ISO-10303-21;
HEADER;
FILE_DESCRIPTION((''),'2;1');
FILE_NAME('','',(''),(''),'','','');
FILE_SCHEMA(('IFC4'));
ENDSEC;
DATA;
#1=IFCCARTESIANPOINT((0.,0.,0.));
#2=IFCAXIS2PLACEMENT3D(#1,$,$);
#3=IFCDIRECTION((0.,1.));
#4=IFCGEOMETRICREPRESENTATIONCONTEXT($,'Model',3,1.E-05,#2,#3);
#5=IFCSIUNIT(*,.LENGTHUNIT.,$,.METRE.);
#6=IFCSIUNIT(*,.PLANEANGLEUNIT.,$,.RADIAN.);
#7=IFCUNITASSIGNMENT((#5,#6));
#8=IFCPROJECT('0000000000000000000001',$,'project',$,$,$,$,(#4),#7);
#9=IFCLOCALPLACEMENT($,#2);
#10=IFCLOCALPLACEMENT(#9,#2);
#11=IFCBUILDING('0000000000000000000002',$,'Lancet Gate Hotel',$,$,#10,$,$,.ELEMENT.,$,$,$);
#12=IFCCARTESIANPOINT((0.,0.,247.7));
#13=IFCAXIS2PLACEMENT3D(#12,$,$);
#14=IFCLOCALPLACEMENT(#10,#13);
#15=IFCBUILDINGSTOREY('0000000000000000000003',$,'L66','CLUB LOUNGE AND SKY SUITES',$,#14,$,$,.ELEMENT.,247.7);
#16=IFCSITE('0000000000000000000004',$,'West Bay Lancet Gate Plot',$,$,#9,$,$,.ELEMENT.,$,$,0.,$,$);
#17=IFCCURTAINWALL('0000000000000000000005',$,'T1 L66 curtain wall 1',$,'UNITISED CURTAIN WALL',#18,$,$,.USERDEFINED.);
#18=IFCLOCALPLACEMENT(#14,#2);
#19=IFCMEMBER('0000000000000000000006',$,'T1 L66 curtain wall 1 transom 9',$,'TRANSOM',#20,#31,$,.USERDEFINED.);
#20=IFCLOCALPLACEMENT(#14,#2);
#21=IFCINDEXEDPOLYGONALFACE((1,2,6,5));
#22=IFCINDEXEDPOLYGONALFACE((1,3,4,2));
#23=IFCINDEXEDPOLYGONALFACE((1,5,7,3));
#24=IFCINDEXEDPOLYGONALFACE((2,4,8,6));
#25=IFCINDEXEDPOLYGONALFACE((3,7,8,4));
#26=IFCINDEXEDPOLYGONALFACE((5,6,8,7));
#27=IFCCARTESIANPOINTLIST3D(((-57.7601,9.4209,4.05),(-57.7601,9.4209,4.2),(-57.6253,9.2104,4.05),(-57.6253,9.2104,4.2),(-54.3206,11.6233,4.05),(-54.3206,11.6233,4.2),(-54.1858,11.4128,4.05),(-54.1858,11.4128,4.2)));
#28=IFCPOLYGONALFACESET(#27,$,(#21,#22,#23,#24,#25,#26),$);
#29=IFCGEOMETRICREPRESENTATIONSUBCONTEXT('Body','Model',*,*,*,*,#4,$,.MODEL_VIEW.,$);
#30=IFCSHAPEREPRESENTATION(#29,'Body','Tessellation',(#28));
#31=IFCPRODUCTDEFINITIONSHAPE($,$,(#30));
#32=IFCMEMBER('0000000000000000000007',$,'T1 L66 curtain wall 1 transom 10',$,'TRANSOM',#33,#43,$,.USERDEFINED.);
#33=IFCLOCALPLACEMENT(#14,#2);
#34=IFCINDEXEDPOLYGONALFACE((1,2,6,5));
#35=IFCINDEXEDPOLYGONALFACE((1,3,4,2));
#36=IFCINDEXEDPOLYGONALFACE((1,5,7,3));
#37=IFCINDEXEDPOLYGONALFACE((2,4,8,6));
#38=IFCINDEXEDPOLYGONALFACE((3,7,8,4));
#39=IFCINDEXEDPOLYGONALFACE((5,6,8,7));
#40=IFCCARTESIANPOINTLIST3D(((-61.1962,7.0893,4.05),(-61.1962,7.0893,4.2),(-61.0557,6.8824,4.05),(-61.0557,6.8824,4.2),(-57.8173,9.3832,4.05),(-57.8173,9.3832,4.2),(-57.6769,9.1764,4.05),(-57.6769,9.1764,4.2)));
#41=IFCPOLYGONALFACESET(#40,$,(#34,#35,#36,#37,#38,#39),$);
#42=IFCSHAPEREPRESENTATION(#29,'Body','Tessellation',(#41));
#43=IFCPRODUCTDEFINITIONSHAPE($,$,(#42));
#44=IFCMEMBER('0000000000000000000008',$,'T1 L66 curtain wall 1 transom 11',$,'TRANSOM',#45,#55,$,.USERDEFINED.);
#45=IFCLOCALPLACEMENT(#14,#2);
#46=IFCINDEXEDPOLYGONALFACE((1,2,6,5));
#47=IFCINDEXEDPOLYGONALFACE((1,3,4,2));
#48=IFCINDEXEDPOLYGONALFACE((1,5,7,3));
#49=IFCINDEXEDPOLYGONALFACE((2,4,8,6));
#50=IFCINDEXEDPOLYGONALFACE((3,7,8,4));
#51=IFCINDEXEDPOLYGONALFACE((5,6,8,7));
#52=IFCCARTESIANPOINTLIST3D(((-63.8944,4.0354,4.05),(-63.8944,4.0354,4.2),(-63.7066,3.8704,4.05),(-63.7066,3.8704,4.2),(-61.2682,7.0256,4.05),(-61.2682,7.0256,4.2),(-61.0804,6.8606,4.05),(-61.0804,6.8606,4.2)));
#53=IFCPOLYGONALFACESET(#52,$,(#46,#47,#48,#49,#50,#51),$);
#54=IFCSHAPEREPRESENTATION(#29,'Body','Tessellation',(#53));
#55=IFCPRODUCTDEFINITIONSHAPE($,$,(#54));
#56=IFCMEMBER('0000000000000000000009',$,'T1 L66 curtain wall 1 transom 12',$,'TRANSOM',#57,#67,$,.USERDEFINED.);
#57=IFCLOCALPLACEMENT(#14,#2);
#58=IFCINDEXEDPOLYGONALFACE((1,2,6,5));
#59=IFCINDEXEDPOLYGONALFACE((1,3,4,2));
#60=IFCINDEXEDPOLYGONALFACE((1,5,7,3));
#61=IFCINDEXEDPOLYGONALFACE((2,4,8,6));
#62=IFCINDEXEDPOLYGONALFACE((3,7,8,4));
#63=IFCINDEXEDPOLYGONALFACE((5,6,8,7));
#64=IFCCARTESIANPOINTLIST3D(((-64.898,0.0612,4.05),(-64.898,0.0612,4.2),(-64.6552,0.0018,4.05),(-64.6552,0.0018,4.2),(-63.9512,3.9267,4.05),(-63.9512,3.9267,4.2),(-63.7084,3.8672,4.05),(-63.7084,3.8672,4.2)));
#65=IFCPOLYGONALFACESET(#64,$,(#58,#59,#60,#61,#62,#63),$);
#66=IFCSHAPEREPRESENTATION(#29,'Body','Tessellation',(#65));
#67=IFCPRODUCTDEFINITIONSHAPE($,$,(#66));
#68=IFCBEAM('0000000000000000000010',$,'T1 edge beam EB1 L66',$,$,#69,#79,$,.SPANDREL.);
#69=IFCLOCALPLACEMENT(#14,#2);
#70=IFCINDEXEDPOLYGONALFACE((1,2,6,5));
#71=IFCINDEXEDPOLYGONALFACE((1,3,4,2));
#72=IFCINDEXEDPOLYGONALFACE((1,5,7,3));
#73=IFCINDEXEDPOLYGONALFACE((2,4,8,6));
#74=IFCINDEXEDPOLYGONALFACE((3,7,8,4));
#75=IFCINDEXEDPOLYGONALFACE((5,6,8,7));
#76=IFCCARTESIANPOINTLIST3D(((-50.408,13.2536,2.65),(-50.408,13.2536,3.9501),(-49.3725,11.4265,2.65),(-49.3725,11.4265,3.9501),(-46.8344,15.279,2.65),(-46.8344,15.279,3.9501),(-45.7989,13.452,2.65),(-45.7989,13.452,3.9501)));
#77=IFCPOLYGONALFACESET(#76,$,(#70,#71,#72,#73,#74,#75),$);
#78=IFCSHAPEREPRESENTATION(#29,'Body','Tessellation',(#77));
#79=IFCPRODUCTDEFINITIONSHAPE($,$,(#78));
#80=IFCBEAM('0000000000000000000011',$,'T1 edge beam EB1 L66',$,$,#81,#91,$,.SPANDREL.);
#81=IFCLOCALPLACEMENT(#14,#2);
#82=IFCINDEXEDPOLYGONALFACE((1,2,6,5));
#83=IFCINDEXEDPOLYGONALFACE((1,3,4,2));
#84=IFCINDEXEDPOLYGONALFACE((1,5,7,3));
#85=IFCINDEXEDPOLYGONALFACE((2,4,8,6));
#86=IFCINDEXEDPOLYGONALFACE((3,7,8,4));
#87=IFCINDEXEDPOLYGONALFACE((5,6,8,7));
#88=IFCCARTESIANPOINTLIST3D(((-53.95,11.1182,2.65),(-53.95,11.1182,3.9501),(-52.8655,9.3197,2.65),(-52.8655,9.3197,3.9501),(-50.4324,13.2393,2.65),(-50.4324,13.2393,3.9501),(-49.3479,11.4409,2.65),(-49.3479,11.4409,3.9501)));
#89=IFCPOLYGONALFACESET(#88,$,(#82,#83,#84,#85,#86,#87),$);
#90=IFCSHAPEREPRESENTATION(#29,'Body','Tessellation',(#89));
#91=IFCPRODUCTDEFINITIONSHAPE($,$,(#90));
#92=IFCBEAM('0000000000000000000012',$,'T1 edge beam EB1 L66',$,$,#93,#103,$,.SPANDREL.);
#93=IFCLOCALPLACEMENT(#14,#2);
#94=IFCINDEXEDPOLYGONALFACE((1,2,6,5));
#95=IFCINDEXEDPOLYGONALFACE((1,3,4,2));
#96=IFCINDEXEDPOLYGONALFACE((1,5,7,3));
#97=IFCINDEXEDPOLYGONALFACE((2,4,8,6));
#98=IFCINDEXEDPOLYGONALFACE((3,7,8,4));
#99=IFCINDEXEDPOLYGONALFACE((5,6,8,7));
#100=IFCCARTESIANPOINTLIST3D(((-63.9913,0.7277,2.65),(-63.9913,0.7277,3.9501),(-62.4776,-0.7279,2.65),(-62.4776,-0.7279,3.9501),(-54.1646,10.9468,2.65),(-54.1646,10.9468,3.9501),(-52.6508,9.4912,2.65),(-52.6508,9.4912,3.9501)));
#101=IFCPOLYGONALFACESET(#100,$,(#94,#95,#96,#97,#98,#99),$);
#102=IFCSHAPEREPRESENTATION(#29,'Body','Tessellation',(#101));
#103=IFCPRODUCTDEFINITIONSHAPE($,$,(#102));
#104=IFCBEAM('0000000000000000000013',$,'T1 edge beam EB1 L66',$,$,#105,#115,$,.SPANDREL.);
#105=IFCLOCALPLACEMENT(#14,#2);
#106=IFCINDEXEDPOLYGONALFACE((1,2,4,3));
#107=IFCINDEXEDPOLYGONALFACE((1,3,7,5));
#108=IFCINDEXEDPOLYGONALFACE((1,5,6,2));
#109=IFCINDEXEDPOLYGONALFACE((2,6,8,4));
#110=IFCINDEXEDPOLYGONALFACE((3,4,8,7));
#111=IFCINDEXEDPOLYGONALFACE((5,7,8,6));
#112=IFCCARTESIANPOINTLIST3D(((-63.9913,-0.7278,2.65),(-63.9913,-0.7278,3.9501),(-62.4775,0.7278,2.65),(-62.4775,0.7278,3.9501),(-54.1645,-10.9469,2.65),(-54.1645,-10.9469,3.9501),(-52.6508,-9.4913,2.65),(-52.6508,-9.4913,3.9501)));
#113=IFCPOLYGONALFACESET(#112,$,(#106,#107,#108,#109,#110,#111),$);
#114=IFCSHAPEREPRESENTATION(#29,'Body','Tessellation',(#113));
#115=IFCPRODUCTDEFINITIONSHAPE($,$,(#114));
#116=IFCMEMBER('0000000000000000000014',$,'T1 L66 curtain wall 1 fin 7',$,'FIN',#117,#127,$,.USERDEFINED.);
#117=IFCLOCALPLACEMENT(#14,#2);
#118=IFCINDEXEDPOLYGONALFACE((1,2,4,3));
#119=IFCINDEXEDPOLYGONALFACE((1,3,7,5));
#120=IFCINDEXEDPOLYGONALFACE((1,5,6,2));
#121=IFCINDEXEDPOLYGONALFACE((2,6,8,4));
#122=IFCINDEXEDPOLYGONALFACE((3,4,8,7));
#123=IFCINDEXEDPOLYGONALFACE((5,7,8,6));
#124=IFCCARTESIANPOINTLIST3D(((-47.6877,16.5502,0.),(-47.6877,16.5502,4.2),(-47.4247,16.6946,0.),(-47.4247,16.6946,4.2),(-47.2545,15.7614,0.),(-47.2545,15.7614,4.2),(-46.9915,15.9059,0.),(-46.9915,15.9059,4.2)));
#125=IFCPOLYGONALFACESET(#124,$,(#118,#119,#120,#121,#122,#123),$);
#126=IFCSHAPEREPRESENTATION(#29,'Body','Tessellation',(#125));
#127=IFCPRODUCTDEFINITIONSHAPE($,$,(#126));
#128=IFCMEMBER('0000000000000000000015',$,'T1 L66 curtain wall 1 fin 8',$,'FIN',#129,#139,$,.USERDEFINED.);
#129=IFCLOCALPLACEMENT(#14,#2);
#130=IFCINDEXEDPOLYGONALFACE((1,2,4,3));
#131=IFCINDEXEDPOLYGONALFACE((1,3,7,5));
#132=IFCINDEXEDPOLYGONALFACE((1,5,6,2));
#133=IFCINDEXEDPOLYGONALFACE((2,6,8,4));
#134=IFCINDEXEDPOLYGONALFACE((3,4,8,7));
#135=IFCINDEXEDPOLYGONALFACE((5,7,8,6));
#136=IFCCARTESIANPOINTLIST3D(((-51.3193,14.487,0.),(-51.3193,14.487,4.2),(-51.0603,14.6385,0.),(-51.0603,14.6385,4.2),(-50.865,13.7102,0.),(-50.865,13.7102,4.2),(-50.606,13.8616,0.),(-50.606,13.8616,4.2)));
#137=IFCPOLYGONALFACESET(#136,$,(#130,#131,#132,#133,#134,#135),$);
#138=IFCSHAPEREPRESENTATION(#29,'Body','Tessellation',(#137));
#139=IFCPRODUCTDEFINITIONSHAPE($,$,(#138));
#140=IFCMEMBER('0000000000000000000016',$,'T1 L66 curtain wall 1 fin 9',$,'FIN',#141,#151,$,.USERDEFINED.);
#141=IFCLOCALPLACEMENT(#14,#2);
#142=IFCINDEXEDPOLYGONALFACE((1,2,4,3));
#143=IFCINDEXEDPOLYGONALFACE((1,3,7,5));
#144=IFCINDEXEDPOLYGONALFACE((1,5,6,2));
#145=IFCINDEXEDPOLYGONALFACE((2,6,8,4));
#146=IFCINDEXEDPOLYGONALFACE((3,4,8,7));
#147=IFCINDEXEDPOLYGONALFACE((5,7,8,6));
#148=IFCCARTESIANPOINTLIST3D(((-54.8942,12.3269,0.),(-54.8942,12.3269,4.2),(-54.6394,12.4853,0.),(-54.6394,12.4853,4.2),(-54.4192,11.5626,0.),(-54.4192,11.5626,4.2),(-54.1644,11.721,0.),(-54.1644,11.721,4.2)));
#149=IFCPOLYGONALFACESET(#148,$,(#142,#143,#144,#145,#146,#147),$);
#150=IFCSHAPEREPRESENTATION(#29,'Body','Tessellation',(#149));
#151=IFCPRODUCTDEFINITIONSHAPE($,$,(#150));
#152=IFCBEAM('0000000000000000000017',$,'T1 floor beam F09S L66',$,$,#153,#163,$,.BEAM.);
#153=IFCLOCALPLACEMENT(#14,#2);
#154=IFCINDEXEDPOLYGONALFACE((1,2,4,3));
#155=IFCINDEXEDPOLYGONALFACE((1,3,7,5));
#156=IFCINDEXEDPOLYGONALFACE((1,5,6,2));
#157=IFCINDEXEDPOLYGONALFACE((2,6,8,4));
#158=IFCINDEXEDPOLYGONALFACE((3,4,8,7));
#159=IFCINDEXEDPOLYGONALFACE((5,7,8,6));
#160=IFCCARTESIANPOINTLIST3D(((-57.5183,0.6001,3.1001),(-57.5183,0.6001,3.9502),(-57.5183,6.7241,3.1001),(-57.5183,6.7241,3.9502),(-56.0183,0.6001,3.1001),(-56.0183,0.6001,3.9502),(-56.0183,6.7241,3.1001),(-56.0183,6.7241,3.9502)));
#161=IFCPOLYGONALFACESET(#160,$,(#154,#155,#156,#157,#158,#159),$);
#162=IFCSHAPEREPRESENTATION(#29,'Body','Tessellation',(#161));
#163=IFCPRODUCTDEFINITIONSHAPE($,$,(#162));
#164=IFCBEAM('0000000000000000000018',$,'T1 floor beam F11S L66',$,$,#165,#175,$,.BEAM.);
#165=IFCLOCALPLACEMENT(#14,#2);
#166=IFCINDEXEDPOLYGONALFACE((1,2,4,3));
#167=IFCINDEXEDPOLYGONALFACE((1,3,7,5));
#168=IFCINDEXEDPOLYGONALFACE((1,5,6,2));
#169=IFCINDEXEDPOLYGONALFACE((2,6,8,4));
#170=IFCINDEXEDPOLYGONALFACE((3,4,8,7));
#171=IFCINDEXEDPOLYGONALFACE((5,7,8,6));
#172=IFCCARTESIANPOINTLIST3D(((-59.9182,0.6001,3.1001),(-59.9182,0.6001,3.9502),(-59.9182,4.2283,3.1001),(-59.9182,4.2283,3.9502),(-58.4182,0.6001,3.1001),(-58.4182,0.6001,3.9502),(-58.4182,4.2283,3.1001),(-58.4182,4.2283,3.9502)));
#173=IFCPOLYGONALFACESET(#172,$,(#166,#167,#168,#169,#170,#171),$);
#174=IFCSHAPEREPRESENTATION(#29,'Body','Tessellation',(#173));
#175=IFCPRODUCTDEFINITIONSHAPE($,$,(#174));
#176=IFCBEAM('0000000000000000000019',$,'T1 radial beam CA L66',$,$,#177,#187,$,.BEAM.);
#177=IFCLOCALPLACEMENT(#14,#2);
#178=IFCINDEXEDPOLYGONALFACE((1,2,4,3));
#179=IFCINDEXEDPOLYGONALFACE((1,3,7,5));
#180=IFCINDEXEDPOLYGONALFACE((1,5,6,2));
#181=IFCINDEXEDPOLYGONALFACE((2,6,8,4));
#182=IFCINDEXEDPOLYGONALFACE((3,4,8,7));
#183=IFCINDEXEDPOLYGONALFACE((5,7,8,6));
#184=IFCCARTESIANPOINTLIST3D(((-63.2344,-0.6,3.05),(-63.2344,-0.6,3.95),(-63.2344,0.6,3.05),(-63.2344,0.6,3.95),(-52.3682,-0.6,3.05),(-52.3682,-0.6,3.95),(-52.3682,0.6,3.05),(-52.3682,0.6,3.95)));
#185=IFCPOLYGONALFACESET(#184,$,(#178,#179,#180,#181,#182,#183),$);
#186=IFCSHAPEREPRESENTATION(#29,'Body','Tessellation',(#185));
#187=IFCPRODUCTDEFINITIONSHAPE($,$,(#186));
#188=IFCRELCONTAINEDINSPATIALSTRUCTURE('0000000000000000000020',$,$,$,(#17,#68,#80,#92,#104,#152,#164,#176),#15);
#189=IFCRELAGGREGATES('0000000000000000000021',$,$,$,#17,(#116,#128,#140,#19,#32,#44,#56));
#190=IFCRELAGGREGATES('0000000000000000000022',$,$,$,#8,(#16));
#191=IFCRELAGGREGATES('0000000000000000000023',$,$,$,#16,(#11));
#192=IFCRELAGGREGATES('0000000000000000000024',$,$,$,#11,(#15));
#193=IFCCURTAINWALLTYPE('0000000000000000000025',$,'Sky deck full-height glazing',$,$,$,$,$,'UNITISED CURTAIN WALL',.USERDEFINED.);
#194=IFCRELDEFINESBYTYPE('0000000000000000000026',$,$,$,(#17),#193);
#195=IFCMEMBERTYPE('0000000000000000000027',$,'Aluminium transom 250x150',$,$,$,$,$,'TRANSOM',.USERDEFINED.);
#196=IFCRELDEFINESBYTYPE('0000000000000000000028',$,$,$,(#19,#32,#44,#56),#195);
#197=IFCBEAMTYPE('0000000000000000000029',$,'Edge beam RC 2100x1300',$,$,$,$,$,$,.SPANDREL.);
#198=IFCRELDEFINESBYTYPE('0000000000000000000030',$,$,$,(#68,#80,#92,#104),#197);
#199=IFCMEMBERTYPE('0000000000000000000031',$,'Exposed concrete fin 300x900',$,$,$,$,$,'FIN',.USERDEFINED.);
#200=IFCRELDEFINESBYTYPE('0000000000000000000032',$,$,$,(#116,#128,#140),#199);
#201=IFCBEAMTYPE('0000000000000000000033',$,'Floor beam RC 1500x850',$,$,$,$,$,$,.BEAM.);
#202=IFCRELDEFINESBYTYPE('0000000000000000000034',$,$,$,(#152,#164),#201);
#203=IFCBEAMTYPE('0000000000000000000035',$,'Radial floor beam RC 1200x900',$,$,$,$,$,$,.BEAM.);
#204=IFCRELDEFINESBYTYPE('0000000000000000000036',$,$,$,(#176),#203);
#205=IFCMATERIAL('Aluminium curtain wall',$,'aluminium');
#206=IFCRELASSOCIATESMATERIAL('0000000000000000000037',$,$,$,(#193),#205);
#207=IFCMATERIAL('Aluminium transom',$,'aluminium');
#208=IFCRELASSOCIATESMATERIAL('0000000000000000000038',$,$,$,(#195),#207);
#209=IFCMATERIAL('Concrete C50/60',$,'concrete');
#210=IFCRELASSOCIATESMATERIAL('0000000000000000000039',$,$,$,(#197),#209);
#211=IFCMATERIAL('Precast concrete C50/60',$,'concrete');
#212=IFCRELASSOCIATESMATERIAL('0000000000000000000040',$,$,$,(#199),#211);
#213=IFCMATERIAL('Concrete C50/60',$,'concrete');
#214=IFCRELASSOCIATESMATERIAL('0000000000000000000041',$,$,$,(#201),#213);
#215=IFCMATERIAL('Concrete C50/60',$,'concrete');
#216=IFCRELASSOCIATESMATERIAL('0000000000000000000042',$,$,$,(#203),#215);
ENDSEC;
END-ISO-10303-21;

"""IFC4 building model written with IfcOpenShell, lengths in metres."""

from ifc_helpers import new_model, si_unit, direction, frame, origin, origin_2d, place, context, subcontext, project, spatial, rectangle, extrude, material, material_profile, profile_set, type_object, element, aggregate, save


model = new_model("IFC4")

# Units and contexts
model_context = context("Model", 3, precision=1e-05, world=origin(), true_north=direction((0.0, 1.0)))
body_context = subcontext(model_context, "Body", "Model", "MODEL_VIEW")
ifc_project = project(units=[si_unit("LENGTHUNIT", "METRE"), si_unit("PLANEANGLEUNIT", "RADIAN")], contexts=[model_context])

# Site, building, storey
site_placement = place(None, origin())
site = spatial("IfcSite", under=ifc_project, at=site_placement, Name="West Bay Lancet Gate Plot", CompositionType="ELEMENT", RefElevation=0.0)
building_placement = place(site_placement, origin())
building = spatial("IfcBuilding", under=site, at=building_placement, Name="Lancet Gate Hotel", CompositionType="ELEMENT")
storey_placement = place(building_placement, frame((0.0, 0.0, 247.7)))
storey = spatial("IfcBuildingStorey", under=building, at=storey_placement, Name="L66", Description="CLUB LOUNGE AND SKY SUITES", CompositionType="ELEMENT", Elevation=247.7)

# Curtain wall, members
ifc_material_1 = material(Name="Aluminium curtain wall", Category="aluminium")
curtain_wall_type = type_object("IfcCurtainWallType", Name="Sky deck full-height glazing", ElementType="UNITISED CURTAIN WALL", PredefinedType="USERDEFINED", material=ifc_material_1)
curtain_wall_placement = place(storey_placement, origin())
curtain_wall = element("IfcCurtainWall", 1, at=curtain_wall_placement, inside=storey, type_object=curtain_wall_type, Name="T1 L66 curtain wall 1", ObjectType="UNITISED CURTAIN WALL", PredefinedType="USERDEFINED")
ifc_material_2 = material(Name="Aluminium transom", Category="aluminium")
ifc_material_profile_1 = material_profile(ifc_material_2, rectangle(XDim=0.25, YDim=0.1499, at=origin_2d()), Name="TRANSOM 250x150")
ifc_profile_set_1 = profile_set([ifc_material_profile_1], Name="Aluminium transom")
member_type_1 = type_object("IfcMemberType", Name="Aluminium transom 250x150", ElementType="TRANSOM", PredefinedType="USERDEFINED", material=ifc_profile_set_1)
member_1_placement = place(storey_placement, frame((-54.2532, 11.5181, 4.125), z_axis=(-0.842144, -0.539252, 0.0), x_axis=(0.539252, -0.842144, 0.0)))
member_1 = element("IfcMember", 2, at=member_1_placement, type_object=member_type_1, Name="T1 L66 curtain wall 1 transom 9", ObjectType="TRANSOM", PredefinedType="USERDEFINED", context=body_context, shape_type="SweptSolid", body=[
    extrude(rectangle(XDim=0.25, YDim=0.1499, at=origin_2d()), origin(), (0.0, 0.0, 1.0), 4.0842),
])
member_2_placement = place(storey_placement, frame((-57.7471, 9.2798, 4.125), z_axis=(-0.827349, -0.561689, 0.0), x_axis=(0.561689, -0.827349, 0.0)))
member_2 = element("IfcMember", 3, at=member_2_placement, type_object=member_type_1, Name="T1 L66 curtain wall 1 transom 10", ObjectType="TRANSOM", PredefinedType="USERDEFINED", context=body_context, shape_type="SweptSolid", body=[
    extrude(rectangle(XDim=0.25, YDim=0.1499, at=origin_2d()), origin(), (0.0, 0.0, 1.0), 4.084),
])
member_3_placement = place(storey_placement, frame((-61.1743, 6.9431, 4.125), z_axis=(-0.659893, -0.751359, 0.0), x_axis=(0.751359, -0.659893, 0.0)))
member_3 = element("IfcMember", 4, at=member_3_placement, type_object=member_type_1, Name="T1 L66 curtain wall 1 transom 11", ObjectType="TRANSOM", PredefinedType="USERDEFINED", context=body_context, shape_type="SweptSolid", body=[
    extrude(rectangle(XDim=0.25, YDim=0.1499, at=origin_2d()), origin(), (0.0, 0.0, 1.0), 3.9797),
])
member_4_placement = place(storey_placement, frame((-63.8298, 3.897, 4.125), z_axis=(-0.237899, -0.97129, 0.0), x_axis=(0.97129, -0.237899, 0.0)))
member_4 = element("IfcMember", 5, at=member_4_placement, type_object=member_type_1, Name="T1 L66 curtain wall 1 transom 12", ObjectType="TRANSOM", PredefinedType="USERDEFINED", context=body_context, shape_type="SweptSolid", body=[
    extrude(rectangle(XDim=0.25, YDim=0.1499, at=origin_2d()), origin(), (0.0, 0.0, 1.0), 3.9797),
])

# Beams
ifc_material_3 = material(Name="Concrete C50/60", Category="concrete")
ifc_material_profile_2 = material_profile(ifc_material_3, rectangle(XDim=2.1001, YDim=1.3, at=origin_2d()), Name="RC 2100x1300")
ifc_profile_set_2 = profile_set([ifc_material_profile_2], Name="Concrete C50/60")
beam_type_1 = type_object("IfcBeamType", Name="Edge beam RC 2100x1300", PredefinedType="SPANDREL", material=ifc_profile_set_2)
for number, where, z_axis, x_axis, name in (
    (6, (-46.3167, 14.3655, 3.3), (-0.869979, -0.493089, 0.0), (0.493089, -0.869979, 0.0), "T1 edge beam EB1 L66"),
    (7, (-49.8901, 12.3401, 3.3), (-0.856358, -0.516382, 0.0), (0.516382, -0.856358, 0.0), "T1 edge beam EB1 L66"),
):
    element("IfcBeam", number, at=place(storey_placement, frame(where, z_axis=z_axis, x_axis=x_axis)), inside=storey, type_object=beam_type_1, Name=name, PredefinedType="SPANDREL", context=body_context, shape_type="SweptSolid", body=[
        extrude(rectangle(XDim=2.1001, YDim=1.3, at=origin_2d()), origin(), (0.0, 0.0, 1.0), 4.1077),
    ])
for number, where, z_axis, x_axis, name in (
    (8, (-53.4077, 10.219, 3.3), (-0.693135, -0.720808, 0.0), (0.720808, -0.693135, 0.0), "T1 edge beam EB1 L66"),
    (9, (-63.2344, 0.0, 3.3), (0.693135, -0.720808, 0.0), (0.720808, 0.693135, 0.0), "T1 edge beam EB1 L66"),
):
    element("IfcBeam", number, at=place(storey_placement, frame(where, z_axis=z_axis, x_axis=x_axis)), inside=storey, type_object=beam_type_1, Name=name, PredefinedType="SPANDREL", context=body_context, shape_type="SweptSolid", body=[
        extrude(rectangle(XDim=2.1001, YDim=1.3, at=origin_2d()), origin(), (0.0, 0.0, 1.0), 14.1772),
    ])

# Members
ifc_material_4 = material(Name="Precast concrete C50/60", Category="concrete")
ifc_material_profile_3 = material_profile(ifc_material_4, rectangle(XDim=0.3, YDim=0.8999, at=origin_2d()), Name="FIN 300x900")
ifc_profile_set_3 = profile_set([ifc_material_profile_3], Name="Precast concrete C50/60")
member_type_2 = type_object("IfcMemberType", Name="Exposed concrete fin 300x900", ElementType="FIN", PredefinedType="USERDEFINED", material=ifc_profile_set_3)
member_5_placement = place(storey_placement, frame((-47.3396, 16.228, 0.0), z_axis=(0.0, 0.0, 1.0), x_axis=(-0.876516, -0.481372, 0.0)))
member_5 = element("IfcMember", 10, at=member_5_placement, type_object=member_type_2, Name="T1 L66 curtain wall 1 fin 7", ObjectType="FIN", PredefinedType="USERDEFINED", context=body_context, shape_type="SweptSolid", body=[
    extrude(rectangle(XDim=0.3, YDim=0.8999, at=origin_2d()), origin(), (0.0, 0.0, 1.0), 4.2),
])
member_6_placement = place(storey_placement, frame((-50.9626, 14.1743, 0.0), z_axis=(0.0, 0.0, 1.0), x_axis=(-0.863242, -0.50479, 0.0)))
member_6 = element("IfcMember", 11, at=member_6_placement, type_object=member_type_2, Name="T1 L66 curtain wall 1 fin 8", ObjectType="FIN", PredefinedType="USERDEFINED", context=body_context, shape_type="SweptSolid", body=[
    extrude(rectangle(XDim=0.3, YDim=0.8999, at=origin_2d()), origin(), (0.0, 0.0, 1.0), 4.2),
])
member_7_placement = place(storey_placement, frame((-54.5293, 12.0239, 0.0), z_axis=(0.0, 0.0, 1.0), x_axis=(-0.849342, -0.527842, 0.0)))
member_7 = element("IfcMember", 12, at=member_7_placement, type_object=member_type_2, Name="T1 L66 curtain wall 1 fin 9", ObjectType="FIN", PredefinedType="USERDEFINED", context=body_context, shape_type="SweptSolid", body=[
    extrude(rectangle(XDim=0.3, YDim=0.8999, at=origin_2d()), origin(), (0.0, 0.0, 1.0), 4.2),
])

# Beams
ifc_material_5 = material(Name="Concrete C50/60", Category="concrete")
ifc_material_profile_4 = material_profile(ifc_material_5, rectangle(XDim=1.5, YDim=0.8501, at=origin_2d()), Name="RC 1500x850")
ifc_profile_set_4 = profile_set([ifc_material_profile_4], Name="Concrete C50/60")
beam_type_2 = type_object("IfcBeamType", Name="Floor beam RC 1500x850", PredefinedType="BEAM", material=ifc_profile_set_4)
beam_1_placement = place(storey_placement, frame((-56.7683, 6.7241, 3.5251), z_axis=(0.0, -1.0, 0.0), x_axis=(1.0, 0.0, 0.0)))
element("IfcBeam", 13, at=beam_1_placement, inside=storey, type_object=beam_type_2, Name="T1 floor beam F09S L66", PredefinedType="BEAM", context=body_context, shape_type="SweptSolid", body=[
    extrude(rectangle(XDim=1.5, YDim=0.8501, at=origin_2d()), origin(), (0.0, 0.0, 1.0), 6.124),
])
beam_2_placement = place(storey_placement, frame((-59.1682, 4.2283, 3.5251), z_axis=(0.0, -1.0, 0.0), x_axis=(1.0, 0.0, 0.0)))
element("IfcBeam", 14, at=beam_2_placement, inside=storey, type_object=beam_type_2, Name="T1 floor beam F11S L66", PredefinedType="BEAM", context=body_context, shape_type="SweptSolid", body=[
    extrude(rectangle(XDim=1.5, YDim=0.8501, at=origin_2d()), origin(), (0.0, 0.0, 1.0), 3.6282),
])
ifc_material_6 = material(Name="Concrete C50/60", Category="concrete")
ifc_material_profile_5 = material_profile(ifc_material_6, rectangle(XDim=1.2, YDim=0.8999, at=origin_2d()), Name="RC 1200x900")
ifc_profile_set_5 = profile_set([ifc_material_profile_5], Name="Concrete C50/60")
beam_type_3 = type_object("IfcBeamType", Name="Radial floor beam RC 1200x900", PredefinedType="BEAM", material=ifc_profile_set_5)
beam_3_placement = place(storey_placement, frame((-63.2344, 0.0, 3.5), z_axis=(1.0, 0.0, 0.0), x_axis=(0.0, 1.0, 0.0)))
element("IfcBeam", 15, at=beam_3_placement, inside=storey, type_object=beam_type_3, Name="T1 radial beam CA L66", PredefinedType="BEAM", context=body_context, shape_type="SweptSolid", body=[
    extrude(rectangle(XDim=1.2, YDim=0.8999, at=origin_2d()), origin(), (0.0, 0.0, 1.0), 10.8662),
])

aggregate(curtain_wall, [member_5, member_6, member_7, member_1, member_2, member_3, member_4])

save(model, "model.ifc")
